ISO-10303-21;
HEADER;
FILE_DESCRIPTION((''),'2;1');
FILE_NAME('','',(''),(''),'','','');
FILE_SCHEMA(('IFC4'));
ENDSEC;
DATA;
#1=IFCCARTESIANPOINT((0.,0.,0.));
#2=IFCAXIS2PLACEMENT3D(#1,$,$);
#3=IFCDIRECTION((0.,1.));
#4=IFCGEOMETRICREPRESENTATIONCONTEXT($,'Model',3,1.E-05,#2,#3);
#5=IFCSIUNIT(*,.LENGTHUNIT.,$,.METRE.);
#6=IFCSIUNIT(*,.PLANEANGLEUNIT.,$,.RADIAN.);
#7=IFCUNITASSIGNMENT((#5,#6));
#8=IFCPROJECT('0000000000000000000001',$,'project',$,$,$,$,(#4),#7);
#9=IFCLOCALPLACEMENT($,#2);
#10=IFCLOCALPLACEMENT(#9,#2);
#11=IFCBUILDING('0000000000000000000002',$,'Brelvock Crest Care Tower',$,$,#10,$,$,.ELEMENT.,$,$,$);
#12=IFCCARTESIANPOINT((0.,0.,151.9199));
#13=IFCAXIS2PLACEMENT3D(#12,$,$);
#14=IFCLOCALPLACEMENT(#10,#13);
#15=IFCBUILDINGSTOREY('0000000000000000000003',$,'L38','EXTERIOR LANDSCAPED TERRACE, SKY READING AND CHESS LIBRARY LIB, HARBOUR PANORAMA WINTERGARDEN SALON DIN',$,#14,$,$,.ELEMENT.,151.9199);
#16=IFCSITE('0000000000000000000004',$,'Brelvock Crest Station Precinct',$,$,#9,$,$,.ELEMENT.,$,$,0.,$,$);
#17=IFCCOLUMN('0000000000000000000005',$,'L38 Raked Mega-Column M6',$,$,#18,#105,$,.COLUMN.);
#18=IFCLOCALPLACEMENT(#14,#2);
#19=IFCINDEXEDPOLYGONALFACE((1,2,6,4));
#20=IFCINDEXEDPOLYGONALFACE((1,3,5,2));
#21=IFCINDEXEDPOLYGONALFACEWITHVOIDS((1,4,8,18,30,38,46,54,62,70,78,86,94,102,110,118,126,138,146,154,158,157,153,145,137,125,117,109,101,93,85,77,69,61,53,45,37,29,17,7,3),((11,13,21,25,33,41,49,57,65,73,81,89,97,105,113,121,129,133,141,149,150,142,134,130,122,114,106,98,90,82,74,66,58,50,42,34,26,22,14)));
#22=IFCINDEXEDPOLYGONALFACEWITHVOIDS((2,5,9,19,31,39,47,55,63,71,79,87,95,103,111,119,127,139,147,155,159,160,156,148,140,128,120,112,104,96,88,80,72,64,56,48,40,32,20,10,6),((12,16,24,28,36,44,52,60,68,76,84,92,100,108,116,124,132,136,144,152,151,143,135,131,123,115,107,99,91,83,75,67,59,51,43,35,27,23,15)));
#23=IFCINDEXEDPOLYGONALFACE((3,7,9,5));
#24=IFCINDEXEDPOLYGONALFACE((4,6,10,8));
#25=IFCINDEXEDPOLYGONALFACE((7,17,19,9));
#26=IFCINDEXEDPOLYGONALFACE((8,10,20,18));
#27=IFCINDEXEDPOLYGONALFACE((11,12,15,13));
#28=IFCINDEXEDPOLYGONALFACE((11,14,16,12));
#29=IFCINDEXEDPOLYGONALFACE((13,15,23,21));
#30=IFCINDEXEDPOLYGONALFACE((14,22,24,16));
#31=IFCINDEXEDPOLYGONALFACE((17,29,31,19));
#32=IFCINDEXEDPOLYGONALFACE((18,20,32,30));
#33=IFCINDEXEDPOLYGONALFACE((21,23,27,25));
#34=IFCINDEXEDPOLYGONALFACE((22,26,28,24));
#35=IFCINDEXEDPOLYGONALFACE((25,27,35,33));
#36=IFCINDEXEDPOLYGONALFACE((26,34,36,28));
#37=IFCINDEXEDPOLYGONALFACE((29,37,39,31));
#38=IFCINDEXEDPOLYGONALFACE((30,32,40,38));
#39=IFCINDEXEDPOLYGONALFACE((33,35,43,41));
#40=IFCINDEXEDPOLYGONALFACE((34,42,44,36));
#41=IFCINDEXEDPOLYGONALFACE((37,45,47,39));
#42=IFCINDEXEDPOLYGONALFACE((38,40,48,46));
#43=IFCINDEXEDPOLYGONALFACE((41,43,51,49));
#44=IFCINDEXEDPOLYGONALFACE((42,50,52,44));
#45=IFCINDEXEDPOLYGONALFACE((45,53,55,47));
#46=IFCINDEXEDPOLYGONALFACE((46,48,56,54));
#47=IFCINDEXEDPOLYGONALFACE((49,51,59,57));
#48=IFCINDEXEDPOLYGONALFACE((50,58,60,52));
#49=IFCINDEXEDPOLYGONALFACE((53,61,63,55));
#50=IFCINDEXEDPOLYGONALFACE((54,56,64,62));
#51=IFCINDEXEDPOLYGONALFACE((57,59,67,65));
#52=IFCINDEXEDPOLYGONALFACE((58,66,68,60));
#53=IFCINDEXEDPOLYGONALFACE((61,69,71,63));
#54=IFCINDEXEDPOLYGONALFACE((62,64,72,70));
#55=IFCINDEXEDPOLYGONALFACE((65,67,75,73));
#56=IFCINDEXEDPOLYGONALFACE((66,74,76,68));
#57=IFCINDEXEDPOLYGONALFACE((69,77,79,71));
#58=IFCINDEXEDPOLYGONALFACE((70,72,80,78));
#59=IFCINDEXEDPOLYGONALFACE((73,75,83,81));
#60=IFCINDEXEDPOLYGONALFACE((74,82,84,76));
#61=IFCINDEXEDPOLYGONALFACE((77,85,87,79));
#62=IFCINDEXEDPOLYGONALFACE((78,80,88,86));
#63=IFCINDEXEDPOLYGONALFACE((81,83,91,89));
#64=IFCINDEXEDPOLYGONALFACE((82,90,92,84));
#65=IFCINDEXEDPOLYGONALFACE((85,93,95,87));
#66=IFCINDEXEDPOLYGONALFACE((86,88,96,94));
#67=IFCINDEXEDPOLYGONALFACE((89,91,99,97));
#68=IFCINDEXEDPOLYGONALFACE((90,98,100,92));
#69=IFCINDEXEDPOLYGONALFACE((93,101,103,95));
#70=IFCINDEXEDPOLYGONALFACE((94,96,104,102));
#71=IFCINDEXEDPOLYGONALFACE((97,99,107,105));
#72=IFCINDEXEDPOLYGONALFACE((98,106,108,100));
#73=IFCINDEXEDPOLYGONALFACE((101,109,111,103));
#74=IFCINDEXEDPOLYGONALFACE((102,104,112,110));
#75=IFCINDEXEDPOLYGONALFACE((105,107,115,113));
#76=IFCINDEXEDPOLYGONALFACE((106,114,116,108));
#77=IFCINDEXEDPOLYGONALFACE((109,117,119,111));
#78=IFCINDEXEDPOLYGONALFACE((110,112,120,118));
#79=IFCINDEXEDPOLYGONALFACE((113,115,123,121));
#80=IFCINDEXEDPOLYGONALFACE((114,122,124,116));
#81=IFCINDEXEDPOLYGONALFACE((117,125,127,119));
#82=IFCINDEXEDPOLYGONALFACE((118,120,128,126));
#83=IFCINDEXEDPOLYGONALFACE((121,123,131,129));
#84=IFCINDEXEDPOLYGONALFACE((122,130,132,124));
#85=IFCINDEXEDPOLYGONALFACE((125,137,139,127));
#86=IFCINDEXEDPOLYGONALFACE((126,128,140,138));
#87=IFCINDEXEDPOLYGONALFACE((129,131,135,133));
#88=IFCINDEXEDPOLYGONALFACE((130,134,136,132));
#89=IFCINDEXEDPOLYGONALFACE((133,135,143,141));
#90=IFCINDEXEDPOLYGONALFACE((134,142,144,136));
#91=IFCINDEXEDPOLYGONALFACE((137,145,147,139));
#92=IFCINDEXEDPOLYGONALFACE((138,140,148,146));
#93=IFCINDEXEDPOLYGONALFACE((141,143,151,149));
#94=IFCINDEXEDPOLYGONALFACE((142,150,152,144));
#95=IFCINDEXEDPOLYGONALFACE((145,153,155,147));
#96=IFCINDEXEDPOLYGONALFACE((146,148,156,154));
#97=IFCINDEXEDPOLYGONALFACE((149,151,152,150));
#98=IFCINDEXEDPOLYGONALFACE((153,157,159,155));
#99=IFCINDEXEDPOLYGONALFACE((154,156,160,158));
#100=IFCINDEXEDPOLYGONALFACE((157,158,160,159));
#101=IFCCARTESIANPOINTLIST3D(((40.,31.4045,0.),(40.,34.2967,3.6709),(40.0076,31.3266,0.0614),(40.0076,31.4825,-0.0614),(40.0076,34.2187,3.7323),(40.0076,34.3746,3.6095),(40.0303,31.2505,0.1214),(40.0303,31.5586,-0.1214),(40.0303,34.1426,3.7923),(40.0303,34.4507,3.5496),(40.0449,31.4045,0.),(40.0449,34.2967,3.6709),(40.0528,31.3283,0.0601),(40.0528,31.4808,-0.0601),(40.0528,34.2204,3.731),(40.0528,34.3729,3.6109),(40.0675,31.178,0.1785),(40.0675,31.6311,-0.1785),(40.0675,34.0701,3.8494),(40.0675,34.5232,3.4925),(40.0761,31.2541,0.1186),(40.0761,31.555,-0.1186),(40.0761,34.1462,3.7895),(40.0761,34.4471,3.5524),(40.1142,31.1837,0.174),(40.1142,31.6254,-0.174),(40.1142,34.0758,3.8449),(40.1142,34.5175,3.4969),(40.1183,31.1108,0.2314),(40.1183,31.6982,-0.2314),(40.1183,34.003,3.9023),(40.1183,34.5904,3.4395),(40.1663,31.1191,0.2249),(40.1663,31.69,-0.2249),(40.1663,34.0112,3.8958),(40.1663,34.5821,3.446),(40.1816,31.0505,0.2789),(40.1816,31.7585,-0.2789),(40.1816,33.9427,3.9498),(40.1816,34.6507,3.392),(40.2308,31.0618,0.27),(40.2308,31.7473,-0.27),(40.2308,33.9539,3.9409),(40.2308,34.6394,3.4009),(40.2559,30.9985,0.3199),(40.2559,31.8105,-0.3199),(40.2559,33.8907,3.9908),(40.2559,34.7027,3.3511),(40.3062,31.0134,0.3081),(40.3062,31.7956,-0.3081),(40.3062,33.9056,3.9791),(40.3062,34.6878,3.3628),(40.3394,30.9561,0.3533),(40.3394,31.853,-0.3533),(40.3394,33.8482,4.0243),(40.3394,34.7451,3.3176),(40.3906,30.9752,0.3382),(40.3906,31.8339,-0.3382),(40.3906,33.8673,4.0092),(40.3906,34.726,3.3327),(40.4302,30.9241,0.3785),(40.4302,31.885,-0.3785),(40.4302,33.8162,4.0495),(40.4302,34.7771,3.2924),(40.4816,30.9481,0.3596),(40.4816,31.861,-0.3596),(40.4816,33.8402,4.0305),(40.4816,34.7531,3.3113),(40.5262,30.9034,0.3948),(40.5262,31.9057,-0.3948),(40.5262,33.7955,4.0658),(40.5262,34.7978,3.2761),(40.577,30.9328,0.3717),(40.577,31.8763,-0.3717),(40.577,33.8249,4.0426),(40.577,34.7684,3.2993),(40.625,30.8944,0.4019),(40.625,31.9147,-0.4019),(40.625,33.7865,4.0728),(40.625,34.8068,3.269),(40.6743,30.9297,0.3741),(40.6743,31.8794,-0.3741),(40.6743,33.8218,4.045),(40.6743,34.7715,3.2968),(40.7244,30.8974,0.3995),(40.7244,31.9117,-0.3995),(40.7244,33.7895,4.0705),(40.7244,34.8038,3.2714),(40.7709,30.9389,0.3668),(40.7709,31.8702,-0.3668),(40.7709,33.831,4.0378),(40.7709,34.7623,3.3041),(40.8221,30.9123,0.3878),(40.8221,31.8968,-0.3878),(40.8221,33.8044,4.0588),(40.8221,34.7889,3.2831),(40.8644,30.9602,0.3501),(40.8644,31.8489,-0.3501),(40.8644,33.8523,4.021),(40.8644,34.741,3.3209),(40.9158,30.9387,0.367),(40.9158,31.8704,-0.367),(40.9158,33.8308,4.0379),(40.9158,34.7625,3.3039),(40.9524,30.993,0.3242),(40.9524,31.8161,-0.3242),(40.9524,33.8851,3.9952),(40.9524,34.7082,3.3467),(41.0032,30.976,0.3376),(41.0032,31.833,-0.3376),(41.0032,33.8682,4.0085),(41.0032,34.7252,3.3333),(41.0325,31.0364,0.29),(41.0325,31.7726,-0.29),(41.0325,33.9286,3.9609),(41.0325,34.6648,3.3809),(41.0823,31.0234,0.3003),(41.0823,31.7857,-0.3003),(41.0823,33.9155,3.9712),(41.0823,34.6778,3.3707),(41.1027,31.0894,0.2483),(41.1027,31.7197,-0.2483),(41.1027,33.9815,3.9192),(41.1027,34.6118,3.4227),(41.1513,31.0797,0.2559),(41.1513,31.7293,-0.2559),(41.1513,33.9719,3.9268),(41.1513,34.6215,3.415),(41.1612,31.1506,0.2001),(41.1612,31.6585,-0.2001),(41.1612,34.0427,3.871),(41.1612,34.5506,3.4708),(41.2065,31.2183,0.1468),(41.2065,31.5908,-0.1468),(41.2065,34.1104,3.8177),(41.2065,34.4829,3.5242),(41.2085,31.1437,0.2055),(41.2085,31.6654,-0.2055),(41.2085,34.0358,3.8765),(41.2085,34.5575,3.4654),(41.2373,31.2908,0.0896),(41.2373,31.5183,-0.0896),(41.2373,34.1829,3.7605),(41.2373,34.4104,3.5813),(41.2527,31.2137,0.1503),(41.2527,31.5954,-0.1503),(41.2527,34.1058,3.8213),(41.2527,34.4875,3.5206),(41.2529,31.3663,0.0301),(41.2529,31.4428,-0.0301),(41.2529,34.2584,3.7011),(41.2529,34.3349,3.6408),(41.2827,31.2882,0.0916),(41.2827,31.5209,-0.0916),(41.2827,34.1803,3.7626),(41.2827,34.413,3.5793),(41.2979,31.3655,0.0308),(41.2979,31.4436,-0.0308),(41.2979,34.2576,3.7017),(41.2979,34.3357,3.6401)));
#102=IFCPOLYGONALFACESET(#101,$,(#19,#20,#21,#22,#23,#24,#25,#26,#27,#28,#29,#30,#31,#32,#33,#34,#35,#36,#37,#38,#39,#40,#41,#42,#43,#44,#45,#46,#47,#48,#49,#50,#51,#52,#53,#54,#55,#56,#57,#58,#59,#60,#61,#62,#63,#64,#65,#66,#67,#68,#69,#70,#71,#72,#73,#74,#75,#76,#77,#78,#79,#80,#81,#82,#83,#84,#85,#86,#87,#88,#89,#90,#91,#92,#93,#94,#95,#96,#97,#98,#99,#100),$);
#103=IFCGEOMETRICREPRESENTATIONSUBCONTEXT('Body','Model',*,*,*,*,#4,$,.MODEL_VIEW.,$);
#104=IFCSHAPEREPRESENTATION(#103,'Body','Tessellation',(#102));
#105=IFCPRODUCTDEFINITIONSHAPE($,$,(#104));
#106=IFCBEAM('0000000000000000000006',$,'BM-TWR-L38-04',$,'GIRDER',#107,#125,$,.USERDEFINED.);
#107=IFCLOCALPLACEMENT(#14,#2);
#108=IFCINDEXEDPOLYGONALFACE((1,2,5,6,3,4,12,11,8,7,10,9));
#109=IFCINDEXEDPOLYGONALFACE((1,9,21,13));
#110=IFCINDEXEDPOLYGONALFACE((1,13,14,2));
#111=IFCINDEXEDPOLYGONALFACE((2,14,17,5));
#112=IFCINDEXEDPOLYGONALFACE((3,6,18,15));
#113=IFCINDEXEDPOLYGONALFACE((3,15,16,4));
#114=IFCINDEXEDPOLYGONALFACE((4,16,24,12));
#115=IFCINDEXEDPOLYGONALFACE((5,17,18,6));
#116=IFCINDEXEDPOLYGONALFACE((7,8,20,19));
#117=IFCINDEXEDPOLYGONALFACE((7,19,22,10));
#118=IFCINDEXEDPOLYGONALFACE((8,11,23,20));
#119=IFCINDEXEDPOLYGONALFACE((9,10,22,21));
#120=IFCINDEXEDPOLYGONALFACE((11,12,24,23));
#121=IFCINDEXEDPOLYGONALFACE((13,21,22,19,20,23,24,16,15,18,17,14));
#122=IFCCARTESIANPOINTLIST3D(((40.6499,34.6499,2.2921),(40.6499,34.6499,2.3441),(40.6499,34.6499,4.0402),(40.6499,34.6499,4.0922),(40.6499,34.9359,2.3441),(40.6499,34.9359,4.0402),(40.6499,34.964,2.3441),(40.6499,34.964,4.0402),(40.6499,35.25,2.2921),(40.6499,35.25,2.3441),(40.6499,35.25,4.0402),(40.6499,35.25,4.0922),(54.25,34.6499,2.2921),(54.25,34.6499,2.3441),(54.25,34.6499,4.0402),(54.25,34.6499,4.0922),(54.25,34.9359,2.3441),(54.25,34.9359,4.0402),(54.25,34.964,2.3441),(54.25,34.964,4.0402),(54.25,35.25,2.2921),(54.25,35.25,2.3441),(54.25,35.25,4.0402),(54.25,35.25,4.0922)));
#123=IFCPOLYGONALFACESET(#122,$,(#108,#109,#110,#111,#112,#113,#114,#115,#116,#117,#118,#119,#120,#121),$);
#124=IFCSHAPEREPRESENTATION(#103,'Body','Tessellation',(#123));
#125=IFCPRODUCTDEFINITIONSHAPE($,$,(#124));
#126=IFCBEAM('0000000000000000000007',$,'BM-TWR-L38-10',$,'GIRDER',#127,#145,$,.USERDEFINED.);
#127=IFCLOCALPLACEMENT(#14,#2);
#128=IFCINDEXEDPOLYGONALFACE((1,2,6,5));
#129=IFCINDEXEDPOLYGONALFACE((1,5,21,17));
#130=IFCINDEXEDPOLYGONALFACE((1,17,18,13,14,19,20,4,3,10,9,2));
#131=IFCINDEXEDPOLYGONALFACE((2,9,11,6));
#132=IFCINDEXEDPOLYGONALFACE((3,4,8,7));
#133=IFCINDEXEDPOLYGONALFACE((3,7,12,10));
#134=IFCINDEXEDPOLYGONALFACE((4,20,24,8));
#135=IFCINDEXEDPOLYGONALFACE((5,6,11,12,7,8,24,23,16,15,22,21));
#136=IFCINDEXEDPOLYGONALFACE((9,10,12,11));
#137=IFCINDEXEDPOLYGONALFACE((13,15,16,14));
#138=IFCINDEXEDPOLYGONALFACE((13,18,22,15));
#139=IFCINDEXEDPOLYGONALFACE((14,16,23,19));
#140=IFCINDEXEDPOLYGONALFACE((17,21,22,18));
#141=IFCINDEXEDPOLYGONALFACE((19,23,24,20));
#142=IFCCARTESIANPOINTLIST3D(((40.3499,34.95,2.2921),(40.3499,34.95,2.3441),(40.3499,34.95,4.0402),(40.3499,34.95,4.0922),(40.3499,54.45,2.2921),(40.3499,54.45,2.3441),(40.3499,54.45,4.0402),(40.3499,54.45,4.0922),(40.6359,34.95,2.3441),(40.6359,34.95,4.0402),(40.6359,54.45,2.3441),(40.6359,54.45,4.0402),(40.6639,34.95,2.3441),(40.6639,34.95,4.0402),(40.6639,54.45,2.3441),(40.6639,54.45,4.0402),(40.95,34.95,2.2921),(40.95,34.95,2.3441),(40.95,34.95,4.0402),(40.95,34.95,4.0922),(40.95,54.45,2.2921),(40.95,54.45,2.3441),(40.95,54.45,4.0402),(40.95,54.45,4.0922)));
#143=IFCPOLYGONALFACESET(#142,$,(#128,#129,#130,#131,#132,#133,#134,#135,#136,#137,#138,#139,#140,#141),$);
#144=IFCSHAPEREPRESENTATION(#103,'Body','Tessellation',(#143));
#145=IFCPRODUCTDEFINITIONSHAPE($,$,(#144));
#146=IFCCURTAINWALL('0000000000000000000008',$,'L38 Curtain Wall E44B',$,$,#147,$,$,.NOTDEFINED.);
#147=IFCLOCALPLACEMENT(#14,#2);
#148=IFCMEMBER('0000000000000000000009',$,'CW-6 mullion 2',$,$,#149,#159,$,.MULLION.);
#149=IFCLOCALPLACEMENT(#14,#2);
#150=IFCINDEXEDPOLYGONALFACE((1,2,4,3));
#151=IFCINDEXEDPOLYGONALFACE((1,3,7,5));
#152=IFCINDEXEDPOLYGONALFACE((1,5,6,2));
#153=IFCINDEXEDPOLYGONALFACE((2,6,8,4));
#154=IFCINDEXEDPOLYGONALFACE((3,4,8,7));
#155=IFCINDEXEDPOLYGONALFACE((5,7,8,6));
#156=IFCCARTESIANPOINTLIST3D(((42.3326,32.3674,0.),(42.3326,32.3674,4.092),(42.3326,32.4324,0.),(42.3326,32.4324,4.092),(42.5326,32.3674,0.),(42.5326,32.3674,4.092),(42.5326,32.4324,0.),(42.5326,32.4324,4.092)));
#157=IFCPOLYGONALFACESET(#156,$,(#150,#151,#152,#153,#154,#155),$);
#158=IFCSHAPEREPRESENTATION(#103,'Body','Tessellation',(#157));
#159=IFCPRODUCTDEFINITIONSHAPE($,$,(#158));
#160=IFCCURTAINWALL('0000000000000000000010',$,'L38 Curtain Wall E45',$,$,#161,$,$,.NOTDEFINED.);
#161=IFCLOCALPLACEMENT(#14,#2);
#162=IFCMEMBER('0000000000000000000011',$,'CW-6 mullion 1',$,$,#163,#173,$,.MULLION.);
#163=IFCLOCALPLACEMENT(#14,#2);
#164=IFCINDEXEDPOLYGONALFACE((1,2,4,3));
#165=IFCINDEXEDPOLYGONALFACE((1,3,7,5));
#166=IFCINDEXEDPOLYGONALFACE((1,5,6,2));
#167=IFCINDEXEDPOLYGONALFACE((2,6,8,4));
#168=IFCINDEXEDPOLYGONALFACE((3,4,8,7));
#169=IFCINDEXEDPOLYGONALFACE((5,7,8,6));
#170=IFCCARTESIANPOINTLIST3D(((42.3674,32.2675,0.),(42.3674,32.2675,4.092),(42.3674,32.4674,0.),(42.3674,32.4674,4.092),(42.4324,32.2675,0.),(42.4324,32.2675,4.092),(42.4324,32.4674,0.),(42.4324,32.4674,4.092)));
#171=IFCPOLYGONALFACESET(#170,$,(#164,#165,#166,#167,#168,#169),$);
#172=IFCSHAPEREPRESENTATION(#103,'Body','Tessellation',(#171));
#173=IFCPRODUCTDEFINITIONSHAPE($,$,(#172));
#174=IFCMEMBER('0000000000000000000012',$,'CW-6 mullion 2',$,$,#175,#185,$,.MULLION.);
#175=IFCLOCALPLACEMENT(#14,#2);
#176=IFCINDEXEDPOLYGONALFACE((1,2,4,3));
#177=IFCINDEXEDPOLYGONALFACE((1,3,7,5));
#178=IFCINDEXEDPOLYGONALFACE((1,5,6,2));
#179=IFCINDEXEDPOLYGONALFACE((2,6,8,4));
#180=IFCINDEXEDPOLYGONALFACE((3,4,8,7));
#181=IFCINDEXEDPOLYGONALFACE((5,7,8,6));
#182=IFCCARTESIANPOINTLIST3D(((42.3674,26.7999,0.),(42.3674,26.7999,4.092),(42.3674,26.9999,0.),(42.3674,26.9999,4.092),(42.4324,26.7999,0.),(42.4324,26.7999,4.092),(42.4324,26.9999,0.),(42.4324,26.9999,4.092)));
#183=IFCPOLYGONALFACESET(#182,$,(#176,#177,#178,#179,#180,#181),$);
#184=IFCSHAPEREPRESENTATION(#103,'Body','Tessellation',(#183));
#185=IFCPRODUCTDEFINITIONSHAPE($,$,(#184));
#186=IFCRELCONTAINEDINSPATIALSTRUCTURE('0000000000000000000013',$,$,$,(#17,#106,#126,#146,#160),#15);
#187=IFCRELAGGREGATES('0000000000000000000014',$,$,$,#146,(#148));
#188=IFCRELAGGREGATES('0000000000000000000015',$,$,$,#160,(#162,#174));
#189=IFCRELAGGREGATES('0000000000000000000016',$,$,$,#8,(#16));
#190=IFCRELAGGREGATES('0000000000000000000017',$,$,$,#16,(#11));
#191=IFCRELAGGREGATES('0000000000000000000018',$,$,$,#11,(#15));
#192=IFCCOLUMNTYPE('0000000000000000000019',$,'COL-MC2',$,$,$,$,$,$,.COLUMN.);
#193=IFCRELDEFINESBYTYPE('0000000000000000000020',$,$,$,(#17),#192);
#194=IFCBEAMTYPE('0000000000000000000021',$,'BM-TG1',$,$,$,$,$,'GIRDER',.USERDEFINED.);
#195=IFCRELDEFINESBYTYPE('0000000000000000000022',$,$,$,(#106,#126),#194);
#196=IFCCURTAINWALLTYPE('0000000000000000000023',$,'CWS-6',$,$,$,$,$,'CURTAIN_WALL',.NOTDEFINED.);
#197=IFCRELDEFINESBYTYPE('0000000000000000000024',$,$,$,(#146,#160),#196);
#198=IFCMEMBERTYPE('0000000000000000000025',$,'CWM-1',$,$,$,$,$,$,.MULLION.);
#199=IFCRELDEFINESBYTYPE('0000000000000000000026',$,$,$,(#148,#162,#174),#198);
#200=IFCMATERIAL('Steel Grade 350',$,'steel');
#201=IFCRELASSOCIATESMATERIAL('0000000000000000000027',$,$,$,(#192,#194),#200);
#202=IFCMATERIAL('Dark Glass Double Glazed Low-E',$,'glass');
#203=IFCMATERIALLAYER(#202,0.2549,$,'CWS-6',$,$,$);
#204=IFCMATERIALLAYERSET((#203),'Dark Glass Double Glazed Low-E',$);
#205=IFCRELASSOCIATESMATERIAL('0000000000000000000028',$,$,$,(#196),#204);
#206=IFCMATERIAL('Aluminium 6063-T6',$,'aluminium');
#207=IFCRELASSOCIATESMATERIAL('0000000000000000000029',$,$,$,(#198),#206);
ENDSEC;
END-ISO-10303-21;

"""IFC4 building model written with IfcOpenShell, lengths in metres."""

from ifc_helpers import new_model, si_unit, direction, frame, origin, origin_2d, place, context, subcontext, project, spatial, rectangle, hollow_circle, i_section, extrude, source, transform, mapped, material, layer, layer_set, material_profile, profile_set, type_object, element, aggregate, save


model = new_model("IFC4")

# Units and contexts
model_context = context("Model", 3, precision=1e-05, world=origin(), true_north=direction((0.0, 1.0)))
body_context = subcontext(model_context, "Body", "Model", "MODEL_VIEW")
ifc_project = project(units=[si_unit("LENGTHUNIT", "METRE"), si_unit("PLANEANGLEUNIT", "RADIAN")], contexts=[model_context])

# Site, building, storey
site_placement = place(None, origin())
site = spatial("IfcSite", under=ifc_project, at=site_placement, Name="Brelvock Crest Station Precinct", CompositionType="ELEMENT", RefElevation=0.0)
building_placement = place(site_placement, origin())
building = spatial("IfcBuilding", under=site, at=building_placement, Name="Brelvock Crest Care Tower", CompositionType="ELEMENT")
storey_placement = place(building_placement, frame((0.0, 0.0, 151.9199)))
storey = spatial("IfcBuildingStorey", under=building, at=storey_placement, Name="L38", Description="EXTERIOR LANDSCAPED TERRACE, SKY READING AND CHESS LIBRARY LIB, HARBOUR PANORAMA WINTERGARDEN SALON DIN", CompositionType="ELEMENT", Elevation=151.9199)

# Column
ifc_material_1 = material(Name="Steel Grade 350", Category="steel")
ifc_material_profile_1 = material_profile(ifc_material_1, hollow_circle(Radius=0.6499, WallThickness=0.0449, at=origin_2d()), Name="CFT1300x45")
ifc_profile_set_1 = profile_set([ifc_material_profile_1], Name="Steel Grade 350")
column_type = type_object("IfcColumnType", Name="COL-MC2", PredefinedType="COLUMN", material=ifc_profile_set_1)
shared_shape_1 = source(origin(), body_context, "Body", "SweptSolid", [
    extrude(hollow_circle(Radius=0.6499, WallThickness=0.0449, at=origin_2d()), origin(), (0.0, 0.0, 1.0), 4.6733),
])
column_placement = place(storey_placement, frame((40.6499, 31.4045, 0.0), z_axis=(0.0, 0.618855, 0.785506), x_axis=(-1.0, 0.0, 0.0)))
element("IfcColumn", 1, at=column_placement, inside=storey, type_object=column_type, Name="L38 Raked Mega-Column M6", PredefinedType="COLUMN", context=body_context, shape_type="MappedRepresentation", body=[
    mapped(shared_shape_1, transform((0.0, 0.0, 0.0), x_axis=(1.0, 0.0, 0.0), y_axis=(0.0, 1.0, 0.0), z_axis=(0.0, 0.0, 1.0), scale=1.0)),
])

# Beams
ifc_material_profile_2 = material_profile(ifc_material_1, i_section(OverallWidth=0.6001, OverallDepth=1.8, WebThickness=0.0281, FlangeThickness=0.052, at=origin_2d()), Name="1800TG740")
ifc_profile_set_2 = profile_set([ifc_material_profile_2], Name="Steel Grade 350")
beam_type = type_object("IfcBeamType", Name="BM-TG1", ElementType="GIRDER", PredefinedType="USERDEFINED", material=ifc_profile_set_2)
shared_shape_2 = source(origin(), body_context, "Body", "SweptSolid", [
    extrude(i_section(OverallWidth=0.6001, OverallDepth=1.8, WebThickness=0.0281, FlangeThickness=0.052, at=origin_2d()), origin(), (0.0, 0.0, 1.0), 13.6001),
])
beam_1_placement = place(storey_placement, frame((40.6499, 34.95, 3.1921), z_axis=(1.0, 0.0, 0.0), x_axis=(0.0, 1.0, 0.0)))
element("IfcBeam", 2, at=beam_1_placement, inside=storey, type_object=beam_type, Name="BM-TWR-L38-04", ObjectType="GIRDER", PredefinedType="USERDEFINED", context=body_context, shape_type="MappedRepresentation", body=[
    mapped(shared_shape_2, transform((0.0, 0.0, 0.0), x_axis=(1.0, 0.0, 0.0), y_axis=(0.0, 1.0, 0.0), z_axis=(0.0, 0.0, 1.0), scale=1.0)),
])
shared_shape_3 = source(origin(), body_context, "Body", "SweptSolid", [
    extrude(i_section(OverallWidth=0.6001, OverallDepth=1.8, WebThickness=0.0281, FlangeThickness=0.052, at=origin_2d()), origin(), (0.0, 0.0, 1.0), 19.5),
])
beam_2_placement = place(storey_placement, frame((40.6499, 34.95, 3.1921), z_axis=(0.0, 1.0, 0.0), x_axis=(-1.0, 0.0, 0.0)))
element("IfcBeam", 3, at=beam_2_placement, inside=storey, type_object=beam_type, Name="BM-TWR-L38-10", ObjectType="GIRDER", PredefinedType="USERDEFINED", context=body_context, shape_type="MappedRepresentation", body=[
    mapped(shared_shape_3, transform((0.0, 0.0, 0.0), x_axis=(1.0, 0.0, 0.0), y_axis=(0.0, 1.0, 0.0), z_axis=(0.0, 0.0, 1.0), scale=1.0)),
])

# Curtain wall, member
ifc_material_2 = material(Name="Dark Glass Double Glazed Low-E", Category="glass")
ifc_layer_1 = layer(ifc_material_2, 0.2549, Name="CWS-6")
ifc_layer_set_1 = layer_set([ifc_layer_1], Name="Dark Glass Double Glazed Low-E")
curtain_wall_type = type_object("IfcCurtainWallType", Name="CWS-6", ElementType="CURTAIN_WALL", PredefinedType="NOTDEFINED", material=ifc_layer_set_1)
curtain_wall_1_placement = place(storey_placement, origin())
curtain_wall_1 = element("IfcCurtainWall", 4, at=curtain_wall_1_placement, inside=storey, type_object=curtain_wall_type, Name="L38 Curtain Wall E44B", PredefinedType="NOTDEFINED")
ifc_material_3 = material(Name="Aluminium 6063-T6", Category="aluminium")
ifc_material_profile_3 = material_profile(ifc_material_3, rectangle(XDim=0.0649, YDim=0.2, at=origin_2d()), Name="ALU65x200")
ifc_profile_set_3 = profile_set([ifc_material_profile_3], Name="Aluminium 6063-T6")
member_type_1 = type_object("IfcMemberType", Name="CWM-1", PredefinedType="MULLION", material=ifc_profile_set_3)
shared_shape_4 = source(origin(), body_context, "Body", "SweptSolid", [
    extrude(rectangle(XDim=0.0649, YDim=0.2, at=origin_2d()), origin(), (0.0, 0.0, 1.0), 4.092),
])
member_1_placement = place(storey_placement, frame((42.4326, 32.3999, 0.0), z_axis=(0.0, 0.0, 1.0), x_axis=(0.0, -1.0, 0.0)))
member_1 = element("IfcMember", 5, at=member_1_placement, type_object=member_type_1, Name="CW-6 mullion 2", PredefinedType="MULLION", context=body_context, shape_type="MappedRepresentation", body=[
    mapped(shared_shape_4, transform((0.0, 0.0, 0.0), x_axis=(1.0, 0.0, 0.0), y_axis=(0.0, 1.0, 0.0), z_axis=(0.0, 0.0, 1.0), scale=1.0)),
])
aggregate(curtain_wall_1, [member_1])

# Curtain wall, members
curtain_wall_2_placement = place(storey_placement, origin())
curtain_wall_2 = element("IfcCurtainWall", 6, at=curtain_wall_2_placement, inside=storey, type_object=curtain_wall_type, Name="L38 Curtain Wall E45", PredefinedType="NOTDEFINED")
member_2_placement = place(storey_placement, frame((42.3999, 32.3674, 0.0), z_axis=(0.0, 0.0, 1.0), x_axis=(1.0, 0.0, 0.0)))
member_2 = element("IfcMember", 7, at=member_2_placement, type_object=member_type_1, Name="CW-6 mullion 1", PredefinedType="MULLION", context=body_context, shape_type="MappedRepresentation", body=[
    mapped(shared_shape_4, transform((0.0, 0.0, 0.0), x_axis=(1.0, 0.0, 0.0), y_axis=(0.0, 1.0, 0.0), z_axis=(0.0, 0.0, 1.0), scale=1.0)),
])
member_3_placement = place(storey_placement, frame((42.3999, 26.8999, 0.0), z_axis=(0.0, 0.0, 1.0), x_axis=(1.0, 0.0, 0.0)))
member_3 = element("IfcMember", 8, at=member_3_placement, type_object=member_type_1, Name="CW-6 mullion 2", PredefinedType="MULLION", context=body_context, shape_type="MappedRepresentation", body=[
    mapped(shared_shape_4, transform((0.0, 0.0, 0.0), x_axis=(1.0, 0.0, 0.0), y_axis=(0.0, 1.0, 0.0), z_axis=(0.0, 0.0, 1.0), scale=1.0)),
])
aggregate(curtain_wall_2, [member_2, member_3])

save(model, "model.ifc")
